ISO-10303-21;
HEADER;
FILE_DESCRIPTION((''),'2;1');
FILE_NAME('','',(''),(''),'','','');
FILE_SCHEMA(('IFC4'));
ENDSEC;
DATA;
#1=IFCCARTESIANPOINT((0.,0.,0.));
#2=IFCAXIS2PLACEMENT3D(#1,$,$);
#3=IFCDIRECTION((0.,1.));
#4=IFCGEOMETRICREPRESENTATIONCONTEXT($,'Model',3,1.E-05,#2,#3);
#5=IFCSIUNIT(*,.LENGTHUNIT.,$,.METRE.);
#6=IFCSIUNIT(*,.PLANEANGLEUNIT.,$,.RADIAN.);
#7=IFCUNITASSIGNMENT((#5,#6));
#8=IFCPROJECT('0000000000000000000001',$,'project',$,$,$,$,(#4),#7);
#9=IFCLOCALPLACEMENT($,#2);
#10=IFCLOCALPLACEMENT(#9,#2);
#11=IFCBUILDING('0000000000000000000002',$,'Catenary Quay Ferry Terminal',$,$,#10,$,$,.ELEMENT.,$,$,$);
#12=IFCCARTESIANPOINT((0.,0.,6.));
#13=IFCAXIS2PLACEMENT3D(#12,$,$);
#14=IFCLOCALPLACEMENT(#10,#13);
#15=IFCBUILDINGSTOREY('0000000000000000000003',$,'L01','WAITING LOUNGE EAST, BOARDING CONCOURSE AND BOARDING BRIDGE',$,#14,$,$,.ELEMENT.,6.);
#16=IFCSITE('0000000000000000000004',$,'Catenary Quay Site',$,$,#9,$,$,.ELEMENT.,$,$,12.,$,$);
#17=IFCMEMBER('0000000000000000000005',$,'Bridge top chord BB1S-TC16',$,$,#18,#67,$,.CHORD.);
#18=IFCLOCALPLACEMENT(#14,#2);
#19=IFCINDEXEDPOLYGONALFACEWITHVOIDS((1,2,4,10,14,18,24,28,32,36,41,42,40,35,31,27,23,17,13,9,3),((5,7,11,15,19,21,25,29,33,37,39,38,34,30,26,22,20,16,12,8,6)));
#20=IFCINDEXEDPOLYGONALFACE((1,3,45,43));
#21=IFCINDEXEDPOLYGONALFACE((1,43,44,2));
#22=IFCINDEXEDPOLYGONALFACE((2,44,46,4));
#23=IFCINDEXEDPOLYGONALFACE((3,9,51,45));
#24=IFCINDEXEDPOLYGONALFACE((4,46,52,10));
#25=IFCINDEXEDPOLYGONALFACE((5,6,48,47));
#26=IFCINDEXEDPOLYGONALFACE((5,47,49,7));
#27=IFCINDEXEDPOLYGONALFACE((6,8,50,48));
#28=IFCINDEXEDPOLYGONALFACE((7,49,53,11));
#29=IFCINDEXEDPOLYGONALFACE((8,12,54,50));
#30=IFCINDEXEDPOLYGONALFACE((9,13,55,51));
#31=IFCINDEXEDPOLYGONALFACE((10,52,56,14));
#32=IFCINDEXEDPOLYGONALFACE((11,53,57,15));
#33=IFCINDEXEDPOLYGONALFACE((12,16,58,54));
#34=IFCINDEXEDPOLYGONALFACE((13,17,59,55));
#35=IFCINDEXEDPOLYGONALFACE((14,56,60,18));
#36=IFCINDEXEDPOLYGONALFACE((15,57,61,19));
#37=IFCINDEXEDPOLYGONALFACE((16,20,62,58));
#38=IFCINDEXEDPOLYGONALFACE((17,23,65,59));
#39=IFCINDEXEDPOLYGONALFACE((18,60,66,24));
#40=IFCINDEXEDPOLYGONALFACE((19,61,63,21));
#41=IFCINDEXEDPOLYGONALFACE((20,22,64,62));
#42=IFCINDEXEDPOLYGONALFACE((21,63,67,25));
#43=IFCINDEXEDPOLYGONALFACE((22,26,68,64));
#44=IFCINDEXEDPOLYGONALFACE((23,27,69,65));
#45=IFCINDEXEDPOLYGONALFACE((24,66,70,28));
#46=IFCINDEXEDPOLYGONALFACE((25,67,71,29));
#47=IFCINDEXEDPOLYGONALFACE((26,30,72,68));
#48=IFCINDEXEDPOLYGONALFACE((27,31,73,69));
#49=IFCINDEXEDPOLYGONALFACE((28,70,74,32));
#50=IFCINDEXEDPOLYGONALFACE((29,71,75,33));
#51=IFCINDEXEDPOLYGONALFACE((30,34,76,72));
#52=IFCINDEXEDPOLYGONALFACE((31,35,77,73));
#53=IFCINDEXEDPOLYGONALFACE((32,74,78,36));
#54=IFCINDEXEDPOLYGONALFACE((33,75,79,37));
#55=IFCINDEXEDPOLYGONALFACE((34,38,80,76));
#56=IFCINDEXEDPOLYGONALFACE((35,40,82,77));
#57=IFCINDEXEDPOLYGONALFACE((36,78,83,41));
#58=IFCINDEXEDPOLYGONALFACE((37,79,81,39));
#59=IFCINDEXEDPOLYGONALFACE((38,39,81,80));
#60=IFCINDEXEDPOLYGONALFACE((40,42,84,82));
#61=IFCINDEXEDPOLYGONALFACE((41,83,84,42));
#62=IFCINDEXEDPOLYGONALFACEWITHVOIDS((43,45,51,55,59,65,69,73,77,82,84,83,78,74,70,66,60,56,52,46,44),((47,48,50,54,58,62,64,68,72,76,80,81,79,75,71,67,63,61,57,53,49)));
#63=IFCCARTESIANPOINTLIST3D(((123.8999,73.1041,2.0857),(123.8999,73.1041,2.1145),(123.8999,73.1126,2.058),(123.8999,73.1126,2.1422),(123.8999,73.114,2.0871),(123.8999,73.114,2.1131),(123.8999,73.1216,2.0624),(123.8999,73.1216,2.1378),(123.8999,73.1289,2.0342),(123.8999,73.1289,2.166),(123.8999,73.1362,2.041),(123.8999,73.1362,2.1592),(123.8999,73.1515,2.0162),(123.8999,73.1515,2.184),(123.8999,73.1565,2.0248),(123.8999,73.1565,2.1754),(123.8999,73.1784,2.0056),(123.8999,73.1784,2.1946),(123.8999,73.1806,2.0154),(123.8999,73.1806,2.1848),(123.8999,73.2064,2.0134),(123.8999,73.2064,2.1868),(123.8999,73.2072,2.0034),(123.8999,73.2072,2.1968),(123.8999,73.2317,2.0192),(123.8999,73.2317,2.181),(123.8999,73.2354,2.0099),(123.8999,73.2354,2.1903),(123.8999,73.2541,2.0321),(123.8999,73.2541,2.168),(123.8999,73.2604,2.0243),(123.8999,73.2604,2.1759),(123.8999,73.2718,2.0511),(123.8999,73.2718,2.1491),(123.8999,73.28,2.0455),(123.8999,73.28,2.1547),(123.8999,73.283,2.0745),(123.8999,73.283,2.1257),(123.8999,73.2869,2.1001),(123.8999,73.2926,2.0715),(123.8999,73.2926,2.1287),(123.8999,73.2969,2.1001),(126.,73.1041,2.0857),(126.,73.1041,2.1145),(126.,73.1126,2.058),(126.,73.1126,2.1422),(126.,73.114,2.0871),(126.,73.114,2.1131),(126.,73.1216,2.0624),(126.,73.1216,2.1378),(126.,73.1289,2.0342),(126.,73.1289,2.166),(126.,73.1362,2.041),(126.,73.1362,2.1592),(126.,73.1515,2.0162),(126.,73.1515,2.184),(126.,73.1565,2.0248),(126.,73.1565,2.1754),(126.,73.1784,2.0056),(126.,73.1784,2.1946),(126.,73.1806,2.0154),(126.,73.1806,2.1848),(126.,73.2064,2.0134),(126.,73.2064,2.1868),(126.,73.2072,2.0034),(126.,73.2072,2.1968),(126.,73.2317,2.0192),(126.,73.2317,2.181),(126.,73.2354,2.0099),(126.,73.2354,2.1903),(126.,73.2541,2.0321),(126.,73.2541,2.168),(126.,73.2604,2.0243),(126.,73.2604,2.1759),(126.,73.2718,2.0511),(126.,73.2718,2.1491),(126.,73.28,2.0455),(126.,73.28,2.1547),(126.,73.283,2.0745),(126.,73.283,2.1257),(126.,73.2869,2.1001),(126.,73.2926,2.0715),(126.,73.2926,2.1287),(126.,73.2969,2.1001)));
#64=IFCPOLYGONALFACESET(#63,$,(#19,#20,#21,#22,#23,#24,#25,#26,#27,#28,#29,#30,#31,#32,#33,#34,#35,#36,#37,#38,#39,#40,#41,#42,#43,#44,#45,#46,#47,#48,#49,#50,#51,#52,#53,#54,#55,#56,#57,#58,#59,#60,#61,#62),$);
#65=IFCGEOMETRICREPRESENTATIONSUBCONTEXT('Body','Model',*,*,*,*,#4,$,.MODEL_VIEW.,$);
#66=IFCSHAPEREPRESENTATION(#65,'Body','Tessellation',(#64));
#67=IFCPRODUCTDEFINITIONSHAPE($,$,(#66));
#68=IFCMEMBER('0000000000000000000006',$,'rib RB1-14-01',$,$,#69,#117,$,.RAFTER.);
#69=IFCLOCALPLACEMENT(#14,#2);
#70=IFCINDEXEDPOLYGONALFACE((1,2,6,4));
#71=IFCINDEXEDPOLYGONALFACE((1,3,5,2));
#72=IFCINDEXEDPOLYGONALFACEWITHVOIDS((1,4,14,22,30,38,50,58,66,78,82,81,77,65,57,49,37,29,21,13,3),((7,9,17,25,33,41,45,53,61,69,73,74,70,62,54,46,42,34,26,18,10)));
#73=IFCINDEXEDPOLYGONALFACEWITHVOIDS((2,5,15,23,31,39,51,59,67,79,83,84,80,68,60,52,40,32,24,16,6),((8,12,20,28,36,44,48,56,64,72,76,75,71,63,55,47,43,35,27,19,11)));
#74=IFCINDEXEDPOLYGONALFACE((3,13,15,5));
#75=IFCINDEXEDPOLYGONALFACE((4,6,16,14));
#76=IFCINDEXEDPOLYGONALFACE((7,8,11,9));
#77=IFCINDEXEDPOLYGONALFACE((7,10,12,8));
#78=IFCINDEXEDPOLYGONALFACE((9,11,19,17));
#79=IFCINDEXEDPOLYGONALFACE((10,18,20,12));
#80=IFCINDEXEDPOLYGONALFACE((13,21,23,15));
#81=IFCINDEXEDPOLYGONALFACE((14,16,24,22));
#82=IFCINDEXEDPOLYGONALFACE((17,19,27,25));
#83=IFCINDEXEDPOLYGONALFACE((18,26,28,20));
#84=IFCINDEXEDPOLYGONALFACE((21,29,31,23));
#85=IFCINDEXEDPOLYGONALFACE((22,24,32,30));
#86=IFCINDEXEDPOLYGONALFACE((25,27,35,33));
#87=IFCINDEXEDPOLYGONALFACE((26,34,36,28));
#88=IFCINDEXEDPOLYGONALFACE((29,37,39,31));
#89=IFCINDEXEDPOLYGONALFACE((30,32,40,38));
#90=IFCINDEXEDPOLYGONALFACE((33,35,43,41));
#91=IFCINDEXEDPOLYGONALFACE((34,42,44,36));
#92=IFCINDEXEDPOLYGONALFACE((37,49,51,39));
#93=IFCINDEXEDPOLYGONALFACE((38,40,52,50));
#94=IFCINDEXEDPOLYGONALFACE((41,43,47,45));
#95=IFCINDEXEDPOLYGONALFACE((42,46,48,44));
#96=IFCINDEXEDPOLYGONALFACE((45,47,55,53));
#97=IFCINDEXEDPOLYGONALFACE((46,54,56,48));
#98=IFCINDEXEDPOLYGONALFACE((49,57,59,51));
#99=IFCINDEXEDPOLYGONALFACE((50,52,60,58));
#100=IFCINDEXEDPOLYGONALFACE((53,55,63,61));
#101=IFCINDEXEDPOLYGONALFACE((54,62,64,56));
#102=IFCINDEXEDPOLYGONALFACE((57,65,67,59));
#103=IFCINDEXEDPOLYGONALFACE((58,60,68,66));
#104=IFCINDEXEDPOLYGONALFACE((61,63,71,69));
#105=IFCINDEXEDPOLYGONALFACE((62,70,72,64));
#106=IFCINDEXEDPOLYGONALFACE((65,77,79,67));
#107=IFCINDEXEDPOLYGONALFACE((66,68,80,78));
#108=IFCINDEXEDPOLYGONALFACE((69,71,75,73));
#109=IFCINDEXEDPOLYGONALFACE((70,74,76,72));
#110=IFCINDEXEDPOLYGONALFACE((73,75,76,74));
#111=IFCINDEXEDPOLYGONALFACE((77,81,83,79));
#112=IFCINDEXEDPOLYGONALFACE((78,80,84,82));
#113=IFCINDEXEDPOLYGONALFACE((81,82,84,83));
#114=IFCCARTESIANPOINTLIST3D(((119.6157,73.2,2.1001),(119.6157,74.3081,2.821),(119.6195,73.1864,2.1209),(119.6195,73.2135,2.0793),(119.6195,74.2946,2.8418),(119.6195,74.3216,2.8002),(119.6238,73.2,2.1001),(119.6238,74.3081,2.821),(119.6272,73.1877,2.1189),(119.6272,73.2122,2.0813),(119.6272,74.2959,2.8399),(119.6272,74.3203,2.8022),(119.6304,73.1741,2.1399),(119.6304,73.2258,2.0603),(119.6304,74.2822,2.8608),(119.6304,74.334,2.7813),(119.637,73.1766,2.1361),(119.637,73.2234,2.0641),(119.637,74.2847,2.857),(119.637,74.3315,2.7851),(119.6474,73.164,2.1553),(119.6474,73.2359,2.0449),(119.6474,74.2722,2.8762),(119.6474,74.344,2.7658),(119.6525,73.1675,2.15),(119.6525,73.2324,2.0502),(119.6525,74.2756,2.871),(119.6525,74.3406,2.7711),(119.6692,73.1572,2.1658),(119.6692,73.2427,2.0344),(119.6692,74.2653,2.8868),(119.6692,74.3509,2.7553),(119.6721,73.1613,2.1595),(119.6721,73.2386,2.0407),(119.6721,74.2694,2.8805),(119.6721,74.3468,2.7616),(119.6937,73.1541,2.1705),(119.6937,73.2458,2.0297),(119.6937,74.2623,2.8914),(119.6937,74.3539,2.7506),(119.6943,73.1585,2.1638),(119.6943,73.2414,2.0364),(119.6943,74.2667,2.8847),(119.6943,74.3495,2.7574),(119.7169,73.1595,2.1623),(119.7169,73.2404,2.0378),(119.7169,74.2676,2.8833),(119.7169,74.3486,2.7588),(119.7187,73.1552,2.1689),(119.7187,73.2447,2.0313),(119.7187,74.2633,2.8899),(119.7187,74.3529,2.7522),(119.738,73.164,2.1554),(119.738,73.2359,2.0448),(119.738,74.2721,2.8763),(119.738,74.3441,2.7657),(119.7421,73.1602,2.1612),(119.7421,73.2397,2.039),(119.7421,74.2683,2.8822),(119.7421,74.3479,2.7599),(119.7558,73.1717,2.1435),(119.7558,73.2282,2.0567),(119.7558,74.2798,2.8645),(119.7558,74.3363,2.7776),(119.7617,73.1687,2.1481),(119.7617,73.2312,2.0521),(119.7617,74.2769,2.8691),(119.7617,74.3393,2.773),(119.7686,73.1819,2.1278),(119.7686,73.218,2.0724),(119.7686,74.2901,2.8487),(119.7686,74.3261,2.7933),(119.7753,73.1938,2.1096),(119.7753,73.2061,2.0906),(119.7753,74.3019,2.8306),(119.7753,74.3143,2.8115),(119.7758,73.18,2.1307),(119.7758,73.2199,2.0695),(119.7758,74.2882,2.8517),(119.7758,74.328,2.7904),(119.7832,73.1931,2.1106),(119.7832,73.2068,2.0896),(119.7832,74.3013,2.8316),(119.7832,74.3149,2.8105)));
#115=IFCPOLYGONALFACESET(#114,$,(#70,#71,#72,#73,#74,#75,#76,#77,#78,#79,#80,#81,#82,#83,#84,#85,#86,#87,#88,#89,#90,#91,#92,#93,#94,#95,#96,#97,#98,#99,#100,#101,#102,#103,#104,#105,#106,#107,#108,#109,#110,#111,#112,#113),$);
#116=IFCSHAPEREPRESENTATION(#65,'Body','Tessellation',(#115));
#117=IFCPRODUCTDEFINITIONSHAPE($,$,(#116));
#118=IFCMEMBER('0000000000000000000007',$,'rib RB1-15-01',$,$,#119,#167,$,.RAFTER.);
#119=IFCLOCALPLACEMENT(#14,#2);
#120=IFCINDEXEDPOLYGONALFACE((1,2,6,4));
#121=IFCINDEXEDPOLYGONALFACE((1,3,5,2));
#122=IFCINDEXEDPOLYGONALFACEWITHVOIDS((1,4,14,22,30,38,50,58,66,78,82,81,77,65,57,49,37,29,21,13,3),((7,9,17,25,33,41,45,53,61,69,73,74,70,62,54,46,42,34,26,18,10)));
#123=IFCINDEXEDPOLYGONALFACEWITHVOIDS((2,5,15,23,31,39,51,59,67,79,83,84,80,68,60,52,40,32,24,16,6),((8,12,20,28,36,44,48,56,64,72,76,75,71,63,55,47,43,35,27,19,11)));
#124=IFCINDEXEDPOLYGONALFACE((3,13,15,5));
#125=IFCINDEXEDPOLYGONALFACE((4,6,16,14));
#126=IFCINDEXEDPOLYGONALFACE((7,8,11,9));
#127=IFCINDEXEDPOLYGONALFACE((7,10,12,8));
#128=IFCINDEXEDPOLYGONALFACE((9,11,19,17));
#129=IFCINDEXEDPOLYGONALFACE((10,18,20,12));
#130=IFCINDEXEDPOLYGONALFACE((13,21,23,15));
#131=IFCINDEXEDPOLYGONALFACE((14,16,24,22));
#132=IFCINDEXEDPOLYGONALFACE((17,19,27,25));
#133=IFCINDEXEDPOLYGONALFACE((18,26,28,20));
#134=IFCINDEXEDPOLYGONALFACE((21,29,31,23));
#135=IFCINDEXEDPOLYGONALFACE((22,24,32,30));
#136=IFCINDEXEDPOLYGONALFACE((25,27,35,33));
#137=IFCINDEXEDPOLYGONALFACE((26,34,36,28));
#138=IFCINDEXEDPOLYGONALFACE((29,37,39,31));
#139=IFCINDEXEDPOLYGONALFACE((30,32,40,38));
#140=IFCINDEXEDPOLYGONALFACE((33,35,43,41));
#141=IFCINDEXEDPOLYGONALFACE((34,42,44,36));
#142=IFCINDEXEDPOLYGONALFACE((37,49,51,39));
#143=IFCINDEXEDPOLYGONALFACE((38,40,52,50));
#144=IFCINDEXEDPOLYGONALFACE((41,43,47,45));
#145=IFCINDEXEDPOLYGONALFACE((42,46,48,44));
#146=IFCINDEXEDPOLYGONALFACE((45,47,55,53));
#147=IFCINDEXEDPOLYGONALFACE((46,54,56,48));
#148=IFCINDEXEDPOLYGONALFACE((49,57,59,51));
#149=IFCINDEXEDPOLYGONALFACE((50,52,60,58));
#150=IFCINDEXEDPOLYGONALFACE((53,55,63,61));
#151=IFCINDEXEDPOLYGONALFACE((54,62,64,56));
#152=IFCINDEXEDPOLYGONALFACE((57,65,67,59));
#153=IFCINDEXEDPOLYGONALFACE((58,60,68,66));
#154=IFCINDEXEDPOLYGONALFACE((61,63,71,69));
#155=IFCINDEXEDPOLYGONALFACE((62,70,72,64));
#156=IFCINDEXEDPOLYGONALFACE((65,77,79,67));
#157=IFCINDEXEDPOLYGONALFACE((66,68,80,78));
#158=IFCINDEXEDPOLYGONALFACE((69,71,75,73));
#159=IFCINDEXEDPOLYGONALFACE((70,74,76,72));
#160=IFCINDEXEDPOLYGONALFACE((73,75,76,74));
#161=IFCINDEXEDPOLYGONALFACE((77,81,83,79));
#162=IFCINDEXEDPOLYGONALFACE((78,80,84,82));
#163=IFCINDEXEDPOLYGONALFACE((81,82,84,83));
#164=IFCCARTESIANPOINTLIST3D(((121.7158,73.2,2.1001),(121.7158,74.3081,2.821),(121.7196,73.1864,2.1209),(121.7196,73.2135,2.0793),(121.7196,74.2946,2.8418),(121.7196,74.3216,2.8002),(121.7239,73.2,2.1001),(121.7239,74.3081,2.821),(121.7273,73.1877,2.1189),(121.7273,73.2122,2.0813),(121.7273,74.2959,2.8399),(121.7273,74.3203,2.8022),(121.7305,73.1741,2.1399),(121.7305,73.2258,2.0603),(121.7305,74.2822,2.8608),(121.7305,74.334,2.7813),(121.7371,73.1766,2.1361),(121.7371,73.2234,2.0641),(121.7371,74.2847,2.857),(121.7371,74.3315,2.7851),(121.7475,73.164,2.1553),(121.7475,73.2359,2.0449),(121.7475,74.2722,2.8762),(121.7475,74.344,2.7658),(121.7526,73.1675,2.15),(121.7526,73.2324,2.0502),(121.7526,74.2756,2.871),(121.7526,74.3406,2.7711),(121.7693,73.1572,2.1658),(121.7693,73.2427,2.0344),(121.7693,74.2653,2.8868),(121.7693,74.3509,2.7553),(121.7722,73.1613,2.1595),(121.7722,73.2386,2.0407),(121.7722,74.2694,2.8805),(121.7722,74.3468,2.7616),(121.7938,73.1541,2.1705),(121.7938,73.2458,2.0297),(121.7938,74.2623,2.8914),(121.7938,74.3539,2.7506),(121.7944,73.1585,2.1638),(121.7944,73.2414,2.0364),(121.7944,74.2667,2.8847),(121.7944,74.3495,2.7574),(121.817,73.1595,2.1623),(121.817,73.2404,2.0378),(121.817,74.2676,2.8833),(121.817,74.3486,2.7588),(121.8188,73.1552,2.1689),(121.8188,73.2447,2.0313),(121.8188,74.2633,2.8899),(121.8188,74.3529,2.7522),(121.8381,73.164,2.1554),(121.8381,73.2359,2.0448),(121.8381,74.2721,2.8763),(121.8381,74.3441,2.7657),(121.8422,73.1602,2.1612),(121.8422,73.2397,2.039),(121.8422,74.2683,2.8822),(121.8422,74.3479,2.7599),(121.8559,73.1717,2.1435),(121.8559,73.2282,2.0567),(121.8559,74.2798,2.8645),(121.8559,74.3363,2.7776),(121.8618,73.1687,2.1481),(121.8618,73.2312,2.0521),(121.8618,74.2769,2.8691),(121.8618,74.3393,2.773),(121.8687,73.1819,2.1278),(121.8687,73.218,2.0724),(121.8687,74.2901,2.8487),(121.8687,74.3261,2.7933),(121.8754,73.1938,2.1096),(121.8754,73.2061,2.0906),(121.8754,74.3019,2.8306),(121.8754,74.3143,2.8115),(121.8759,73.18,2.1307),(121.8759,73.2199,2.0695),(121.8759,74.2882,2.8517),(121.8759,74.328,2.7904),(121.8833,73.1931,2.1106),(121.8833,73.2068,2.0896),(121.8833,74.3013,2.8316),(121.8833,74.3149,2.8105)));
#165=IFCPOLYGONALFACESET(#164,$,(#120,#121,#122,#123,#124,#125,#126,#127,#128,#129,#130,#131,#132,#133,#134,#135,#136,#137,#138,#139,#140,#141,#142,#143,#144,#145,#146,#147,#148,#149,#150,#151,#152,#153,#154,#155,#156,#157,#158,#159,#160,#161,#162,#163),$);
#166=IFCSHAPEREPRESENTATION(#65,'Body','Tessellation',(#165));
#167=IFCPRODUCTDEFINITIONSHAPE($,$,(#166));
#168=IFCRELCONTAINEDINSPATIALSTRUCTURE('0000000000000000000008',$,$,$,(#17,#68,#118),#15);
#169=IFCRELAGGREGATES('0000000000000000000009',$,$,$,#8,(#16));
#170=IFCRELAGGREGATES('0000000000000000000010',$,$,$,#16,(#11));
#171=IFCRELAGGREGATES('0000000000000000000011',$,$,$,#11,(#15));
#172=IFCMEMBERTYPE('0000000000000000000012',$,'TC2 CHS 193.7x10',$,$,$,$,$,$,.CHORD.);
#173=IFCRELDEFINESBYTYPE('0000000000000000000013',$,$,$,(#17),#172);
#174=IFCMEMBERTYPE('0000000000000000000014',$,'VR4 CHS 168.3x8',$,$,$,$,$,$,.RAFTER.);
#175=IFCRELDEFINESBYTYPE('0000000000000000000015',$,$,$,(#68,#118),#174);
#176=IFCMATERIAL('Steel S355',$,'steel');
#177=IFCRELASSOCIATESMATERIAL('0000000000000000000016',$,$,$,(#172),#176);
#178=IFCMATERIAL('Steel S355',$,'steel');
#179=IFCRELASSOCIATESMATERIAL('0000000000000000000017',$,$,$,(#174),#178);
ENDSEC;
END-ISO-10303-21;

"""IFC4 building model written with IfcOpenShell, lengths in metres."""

from ifc_helpers import new_model, si_unit, direction, frame, origin, origin_2d, place, context, subcontext, project, spatial, hollow_circle, extrude, material, material_profile, profile_set, type_object, element, save


model = new_model("IFC4")

# Units and contexts
model_context = context("Model", 3, precision=1e-05, world=origin(), true_north=direction((0.0, 1.0)))
body_context = subcontext(model_context, "Body", "Model", "MODEL_VIEW")
ifc_project = project(units=[si_unit("LENGTHUNIT", "METRE"), si_unit("PLANEANGLEUNIT", "RADIAN")], contexts=[model_context])

# Site, building, storey
site_placement = place(None, origin())
site = spatial("IfcSite", under=ifc_project, at=site_placement, Name="Catenary Quay Site", CompositionType="ELEMENT", RefElevation=12.0)
building_placement = place(site_placement, origin())
building = spatial("IfcBuilding", under=site, at=building_placement, Name="Catenary Quay Ferry Terminal", CompositionType="ELEMENT")
storey_placement = place(building_placement, frame((0.0, 0.0, 6.0)))
storey = spatial("IfcBuildingStorey", under=building, at=storey_placement, Name="L01", Description="WAITING LOUNGE EAST, BOARDING CONCOURSE AND BOARDING BRIDGE", CompositionType="ELEMENT", Elevation=6.0)

# Members
ifc_material_1 = material(Name="Steel S355", Category="steel")
ifc_material_profile_1 = material_profile(ifc_material_1, hollow_circle(Radius=0.0969, WallThickness=0.01, at=origin_2d()), Name="CHS 193.7x10")
ifc_profile_set_1 = profile_set([ifc_material_profile_1], Name="Steel S355")
member_type_1 = type_object("IfcMemberType", Name="TC2 CHS 193.7x10", PredefinedType="CHORD", material=ifc_profile_set_1)
member_1_placement = place(storey_placement, frame((123.8999, 73.2, 2.1001), z_axis=(1.0, 0.0, 0.0), x_axis=(0.0, 1.0, 0.0)))
element("IfcMember", 1, at=member_1_placement, inside=storey, type_object=member_type_1, Name="Bridge top chord BB1S-TC16", PredefinedType="CHORD", context=body_context, shape_type="SweptSolid", body=[
    extrude(hollow_circle(Radius=0.0969, WallThickness=0.01, at=origin_2d()), origin(), (0.0, 0.0, 1.0), 2.1001),
])
ifc_material_2 = material(Name="Steel S355", Category="steel")
ifc_material_profile_2 = material_profile(ifc_material_2, hollow_circle(Radius=0.0842, WallThickness=0.0081, at=origin_2d()), Name="CHS 168.3x8")
ifc_profile_set_2 = profile_set([ifc_material_profile_2], Name="Steel S355")
member_type_2 = type_object("IfcMemberType", Name="VR4 CHS 168.3x8", PredefinedType="RAFTER", material=ifc_profile_set_2)
for number, where, z_axis, x_axis, name in (
    (2, (119.7, 73.2, 2.1001), (0.0, 0.83822, 0.545332), (-1.0, 0.0, 0.0), "rib RB1-14-01"),
    (3, (121.8, 73.2, 2.1001), (0.0, 0.83822, 0.545332), (-1.0, 0.0, 0.0), "rib RB1-15-01"),
):
    element("IfcMember", number, at=place(storey_placement, frame(where, z_axis=z_axis, x_axis=x_axis)), inside=storey, type_object=member_type_2, Name=name, PredefinedType="RAFTER", context=body_context, shape_type="SweptSolid", body=[
        extrude(hollow_circle(Radius=0.0842, WallThickness=0.0081, at=origin_2d()), origin(), (0.0, 0.0, 1.0), 1.322),
    ])

save(model, "model.ifc")
